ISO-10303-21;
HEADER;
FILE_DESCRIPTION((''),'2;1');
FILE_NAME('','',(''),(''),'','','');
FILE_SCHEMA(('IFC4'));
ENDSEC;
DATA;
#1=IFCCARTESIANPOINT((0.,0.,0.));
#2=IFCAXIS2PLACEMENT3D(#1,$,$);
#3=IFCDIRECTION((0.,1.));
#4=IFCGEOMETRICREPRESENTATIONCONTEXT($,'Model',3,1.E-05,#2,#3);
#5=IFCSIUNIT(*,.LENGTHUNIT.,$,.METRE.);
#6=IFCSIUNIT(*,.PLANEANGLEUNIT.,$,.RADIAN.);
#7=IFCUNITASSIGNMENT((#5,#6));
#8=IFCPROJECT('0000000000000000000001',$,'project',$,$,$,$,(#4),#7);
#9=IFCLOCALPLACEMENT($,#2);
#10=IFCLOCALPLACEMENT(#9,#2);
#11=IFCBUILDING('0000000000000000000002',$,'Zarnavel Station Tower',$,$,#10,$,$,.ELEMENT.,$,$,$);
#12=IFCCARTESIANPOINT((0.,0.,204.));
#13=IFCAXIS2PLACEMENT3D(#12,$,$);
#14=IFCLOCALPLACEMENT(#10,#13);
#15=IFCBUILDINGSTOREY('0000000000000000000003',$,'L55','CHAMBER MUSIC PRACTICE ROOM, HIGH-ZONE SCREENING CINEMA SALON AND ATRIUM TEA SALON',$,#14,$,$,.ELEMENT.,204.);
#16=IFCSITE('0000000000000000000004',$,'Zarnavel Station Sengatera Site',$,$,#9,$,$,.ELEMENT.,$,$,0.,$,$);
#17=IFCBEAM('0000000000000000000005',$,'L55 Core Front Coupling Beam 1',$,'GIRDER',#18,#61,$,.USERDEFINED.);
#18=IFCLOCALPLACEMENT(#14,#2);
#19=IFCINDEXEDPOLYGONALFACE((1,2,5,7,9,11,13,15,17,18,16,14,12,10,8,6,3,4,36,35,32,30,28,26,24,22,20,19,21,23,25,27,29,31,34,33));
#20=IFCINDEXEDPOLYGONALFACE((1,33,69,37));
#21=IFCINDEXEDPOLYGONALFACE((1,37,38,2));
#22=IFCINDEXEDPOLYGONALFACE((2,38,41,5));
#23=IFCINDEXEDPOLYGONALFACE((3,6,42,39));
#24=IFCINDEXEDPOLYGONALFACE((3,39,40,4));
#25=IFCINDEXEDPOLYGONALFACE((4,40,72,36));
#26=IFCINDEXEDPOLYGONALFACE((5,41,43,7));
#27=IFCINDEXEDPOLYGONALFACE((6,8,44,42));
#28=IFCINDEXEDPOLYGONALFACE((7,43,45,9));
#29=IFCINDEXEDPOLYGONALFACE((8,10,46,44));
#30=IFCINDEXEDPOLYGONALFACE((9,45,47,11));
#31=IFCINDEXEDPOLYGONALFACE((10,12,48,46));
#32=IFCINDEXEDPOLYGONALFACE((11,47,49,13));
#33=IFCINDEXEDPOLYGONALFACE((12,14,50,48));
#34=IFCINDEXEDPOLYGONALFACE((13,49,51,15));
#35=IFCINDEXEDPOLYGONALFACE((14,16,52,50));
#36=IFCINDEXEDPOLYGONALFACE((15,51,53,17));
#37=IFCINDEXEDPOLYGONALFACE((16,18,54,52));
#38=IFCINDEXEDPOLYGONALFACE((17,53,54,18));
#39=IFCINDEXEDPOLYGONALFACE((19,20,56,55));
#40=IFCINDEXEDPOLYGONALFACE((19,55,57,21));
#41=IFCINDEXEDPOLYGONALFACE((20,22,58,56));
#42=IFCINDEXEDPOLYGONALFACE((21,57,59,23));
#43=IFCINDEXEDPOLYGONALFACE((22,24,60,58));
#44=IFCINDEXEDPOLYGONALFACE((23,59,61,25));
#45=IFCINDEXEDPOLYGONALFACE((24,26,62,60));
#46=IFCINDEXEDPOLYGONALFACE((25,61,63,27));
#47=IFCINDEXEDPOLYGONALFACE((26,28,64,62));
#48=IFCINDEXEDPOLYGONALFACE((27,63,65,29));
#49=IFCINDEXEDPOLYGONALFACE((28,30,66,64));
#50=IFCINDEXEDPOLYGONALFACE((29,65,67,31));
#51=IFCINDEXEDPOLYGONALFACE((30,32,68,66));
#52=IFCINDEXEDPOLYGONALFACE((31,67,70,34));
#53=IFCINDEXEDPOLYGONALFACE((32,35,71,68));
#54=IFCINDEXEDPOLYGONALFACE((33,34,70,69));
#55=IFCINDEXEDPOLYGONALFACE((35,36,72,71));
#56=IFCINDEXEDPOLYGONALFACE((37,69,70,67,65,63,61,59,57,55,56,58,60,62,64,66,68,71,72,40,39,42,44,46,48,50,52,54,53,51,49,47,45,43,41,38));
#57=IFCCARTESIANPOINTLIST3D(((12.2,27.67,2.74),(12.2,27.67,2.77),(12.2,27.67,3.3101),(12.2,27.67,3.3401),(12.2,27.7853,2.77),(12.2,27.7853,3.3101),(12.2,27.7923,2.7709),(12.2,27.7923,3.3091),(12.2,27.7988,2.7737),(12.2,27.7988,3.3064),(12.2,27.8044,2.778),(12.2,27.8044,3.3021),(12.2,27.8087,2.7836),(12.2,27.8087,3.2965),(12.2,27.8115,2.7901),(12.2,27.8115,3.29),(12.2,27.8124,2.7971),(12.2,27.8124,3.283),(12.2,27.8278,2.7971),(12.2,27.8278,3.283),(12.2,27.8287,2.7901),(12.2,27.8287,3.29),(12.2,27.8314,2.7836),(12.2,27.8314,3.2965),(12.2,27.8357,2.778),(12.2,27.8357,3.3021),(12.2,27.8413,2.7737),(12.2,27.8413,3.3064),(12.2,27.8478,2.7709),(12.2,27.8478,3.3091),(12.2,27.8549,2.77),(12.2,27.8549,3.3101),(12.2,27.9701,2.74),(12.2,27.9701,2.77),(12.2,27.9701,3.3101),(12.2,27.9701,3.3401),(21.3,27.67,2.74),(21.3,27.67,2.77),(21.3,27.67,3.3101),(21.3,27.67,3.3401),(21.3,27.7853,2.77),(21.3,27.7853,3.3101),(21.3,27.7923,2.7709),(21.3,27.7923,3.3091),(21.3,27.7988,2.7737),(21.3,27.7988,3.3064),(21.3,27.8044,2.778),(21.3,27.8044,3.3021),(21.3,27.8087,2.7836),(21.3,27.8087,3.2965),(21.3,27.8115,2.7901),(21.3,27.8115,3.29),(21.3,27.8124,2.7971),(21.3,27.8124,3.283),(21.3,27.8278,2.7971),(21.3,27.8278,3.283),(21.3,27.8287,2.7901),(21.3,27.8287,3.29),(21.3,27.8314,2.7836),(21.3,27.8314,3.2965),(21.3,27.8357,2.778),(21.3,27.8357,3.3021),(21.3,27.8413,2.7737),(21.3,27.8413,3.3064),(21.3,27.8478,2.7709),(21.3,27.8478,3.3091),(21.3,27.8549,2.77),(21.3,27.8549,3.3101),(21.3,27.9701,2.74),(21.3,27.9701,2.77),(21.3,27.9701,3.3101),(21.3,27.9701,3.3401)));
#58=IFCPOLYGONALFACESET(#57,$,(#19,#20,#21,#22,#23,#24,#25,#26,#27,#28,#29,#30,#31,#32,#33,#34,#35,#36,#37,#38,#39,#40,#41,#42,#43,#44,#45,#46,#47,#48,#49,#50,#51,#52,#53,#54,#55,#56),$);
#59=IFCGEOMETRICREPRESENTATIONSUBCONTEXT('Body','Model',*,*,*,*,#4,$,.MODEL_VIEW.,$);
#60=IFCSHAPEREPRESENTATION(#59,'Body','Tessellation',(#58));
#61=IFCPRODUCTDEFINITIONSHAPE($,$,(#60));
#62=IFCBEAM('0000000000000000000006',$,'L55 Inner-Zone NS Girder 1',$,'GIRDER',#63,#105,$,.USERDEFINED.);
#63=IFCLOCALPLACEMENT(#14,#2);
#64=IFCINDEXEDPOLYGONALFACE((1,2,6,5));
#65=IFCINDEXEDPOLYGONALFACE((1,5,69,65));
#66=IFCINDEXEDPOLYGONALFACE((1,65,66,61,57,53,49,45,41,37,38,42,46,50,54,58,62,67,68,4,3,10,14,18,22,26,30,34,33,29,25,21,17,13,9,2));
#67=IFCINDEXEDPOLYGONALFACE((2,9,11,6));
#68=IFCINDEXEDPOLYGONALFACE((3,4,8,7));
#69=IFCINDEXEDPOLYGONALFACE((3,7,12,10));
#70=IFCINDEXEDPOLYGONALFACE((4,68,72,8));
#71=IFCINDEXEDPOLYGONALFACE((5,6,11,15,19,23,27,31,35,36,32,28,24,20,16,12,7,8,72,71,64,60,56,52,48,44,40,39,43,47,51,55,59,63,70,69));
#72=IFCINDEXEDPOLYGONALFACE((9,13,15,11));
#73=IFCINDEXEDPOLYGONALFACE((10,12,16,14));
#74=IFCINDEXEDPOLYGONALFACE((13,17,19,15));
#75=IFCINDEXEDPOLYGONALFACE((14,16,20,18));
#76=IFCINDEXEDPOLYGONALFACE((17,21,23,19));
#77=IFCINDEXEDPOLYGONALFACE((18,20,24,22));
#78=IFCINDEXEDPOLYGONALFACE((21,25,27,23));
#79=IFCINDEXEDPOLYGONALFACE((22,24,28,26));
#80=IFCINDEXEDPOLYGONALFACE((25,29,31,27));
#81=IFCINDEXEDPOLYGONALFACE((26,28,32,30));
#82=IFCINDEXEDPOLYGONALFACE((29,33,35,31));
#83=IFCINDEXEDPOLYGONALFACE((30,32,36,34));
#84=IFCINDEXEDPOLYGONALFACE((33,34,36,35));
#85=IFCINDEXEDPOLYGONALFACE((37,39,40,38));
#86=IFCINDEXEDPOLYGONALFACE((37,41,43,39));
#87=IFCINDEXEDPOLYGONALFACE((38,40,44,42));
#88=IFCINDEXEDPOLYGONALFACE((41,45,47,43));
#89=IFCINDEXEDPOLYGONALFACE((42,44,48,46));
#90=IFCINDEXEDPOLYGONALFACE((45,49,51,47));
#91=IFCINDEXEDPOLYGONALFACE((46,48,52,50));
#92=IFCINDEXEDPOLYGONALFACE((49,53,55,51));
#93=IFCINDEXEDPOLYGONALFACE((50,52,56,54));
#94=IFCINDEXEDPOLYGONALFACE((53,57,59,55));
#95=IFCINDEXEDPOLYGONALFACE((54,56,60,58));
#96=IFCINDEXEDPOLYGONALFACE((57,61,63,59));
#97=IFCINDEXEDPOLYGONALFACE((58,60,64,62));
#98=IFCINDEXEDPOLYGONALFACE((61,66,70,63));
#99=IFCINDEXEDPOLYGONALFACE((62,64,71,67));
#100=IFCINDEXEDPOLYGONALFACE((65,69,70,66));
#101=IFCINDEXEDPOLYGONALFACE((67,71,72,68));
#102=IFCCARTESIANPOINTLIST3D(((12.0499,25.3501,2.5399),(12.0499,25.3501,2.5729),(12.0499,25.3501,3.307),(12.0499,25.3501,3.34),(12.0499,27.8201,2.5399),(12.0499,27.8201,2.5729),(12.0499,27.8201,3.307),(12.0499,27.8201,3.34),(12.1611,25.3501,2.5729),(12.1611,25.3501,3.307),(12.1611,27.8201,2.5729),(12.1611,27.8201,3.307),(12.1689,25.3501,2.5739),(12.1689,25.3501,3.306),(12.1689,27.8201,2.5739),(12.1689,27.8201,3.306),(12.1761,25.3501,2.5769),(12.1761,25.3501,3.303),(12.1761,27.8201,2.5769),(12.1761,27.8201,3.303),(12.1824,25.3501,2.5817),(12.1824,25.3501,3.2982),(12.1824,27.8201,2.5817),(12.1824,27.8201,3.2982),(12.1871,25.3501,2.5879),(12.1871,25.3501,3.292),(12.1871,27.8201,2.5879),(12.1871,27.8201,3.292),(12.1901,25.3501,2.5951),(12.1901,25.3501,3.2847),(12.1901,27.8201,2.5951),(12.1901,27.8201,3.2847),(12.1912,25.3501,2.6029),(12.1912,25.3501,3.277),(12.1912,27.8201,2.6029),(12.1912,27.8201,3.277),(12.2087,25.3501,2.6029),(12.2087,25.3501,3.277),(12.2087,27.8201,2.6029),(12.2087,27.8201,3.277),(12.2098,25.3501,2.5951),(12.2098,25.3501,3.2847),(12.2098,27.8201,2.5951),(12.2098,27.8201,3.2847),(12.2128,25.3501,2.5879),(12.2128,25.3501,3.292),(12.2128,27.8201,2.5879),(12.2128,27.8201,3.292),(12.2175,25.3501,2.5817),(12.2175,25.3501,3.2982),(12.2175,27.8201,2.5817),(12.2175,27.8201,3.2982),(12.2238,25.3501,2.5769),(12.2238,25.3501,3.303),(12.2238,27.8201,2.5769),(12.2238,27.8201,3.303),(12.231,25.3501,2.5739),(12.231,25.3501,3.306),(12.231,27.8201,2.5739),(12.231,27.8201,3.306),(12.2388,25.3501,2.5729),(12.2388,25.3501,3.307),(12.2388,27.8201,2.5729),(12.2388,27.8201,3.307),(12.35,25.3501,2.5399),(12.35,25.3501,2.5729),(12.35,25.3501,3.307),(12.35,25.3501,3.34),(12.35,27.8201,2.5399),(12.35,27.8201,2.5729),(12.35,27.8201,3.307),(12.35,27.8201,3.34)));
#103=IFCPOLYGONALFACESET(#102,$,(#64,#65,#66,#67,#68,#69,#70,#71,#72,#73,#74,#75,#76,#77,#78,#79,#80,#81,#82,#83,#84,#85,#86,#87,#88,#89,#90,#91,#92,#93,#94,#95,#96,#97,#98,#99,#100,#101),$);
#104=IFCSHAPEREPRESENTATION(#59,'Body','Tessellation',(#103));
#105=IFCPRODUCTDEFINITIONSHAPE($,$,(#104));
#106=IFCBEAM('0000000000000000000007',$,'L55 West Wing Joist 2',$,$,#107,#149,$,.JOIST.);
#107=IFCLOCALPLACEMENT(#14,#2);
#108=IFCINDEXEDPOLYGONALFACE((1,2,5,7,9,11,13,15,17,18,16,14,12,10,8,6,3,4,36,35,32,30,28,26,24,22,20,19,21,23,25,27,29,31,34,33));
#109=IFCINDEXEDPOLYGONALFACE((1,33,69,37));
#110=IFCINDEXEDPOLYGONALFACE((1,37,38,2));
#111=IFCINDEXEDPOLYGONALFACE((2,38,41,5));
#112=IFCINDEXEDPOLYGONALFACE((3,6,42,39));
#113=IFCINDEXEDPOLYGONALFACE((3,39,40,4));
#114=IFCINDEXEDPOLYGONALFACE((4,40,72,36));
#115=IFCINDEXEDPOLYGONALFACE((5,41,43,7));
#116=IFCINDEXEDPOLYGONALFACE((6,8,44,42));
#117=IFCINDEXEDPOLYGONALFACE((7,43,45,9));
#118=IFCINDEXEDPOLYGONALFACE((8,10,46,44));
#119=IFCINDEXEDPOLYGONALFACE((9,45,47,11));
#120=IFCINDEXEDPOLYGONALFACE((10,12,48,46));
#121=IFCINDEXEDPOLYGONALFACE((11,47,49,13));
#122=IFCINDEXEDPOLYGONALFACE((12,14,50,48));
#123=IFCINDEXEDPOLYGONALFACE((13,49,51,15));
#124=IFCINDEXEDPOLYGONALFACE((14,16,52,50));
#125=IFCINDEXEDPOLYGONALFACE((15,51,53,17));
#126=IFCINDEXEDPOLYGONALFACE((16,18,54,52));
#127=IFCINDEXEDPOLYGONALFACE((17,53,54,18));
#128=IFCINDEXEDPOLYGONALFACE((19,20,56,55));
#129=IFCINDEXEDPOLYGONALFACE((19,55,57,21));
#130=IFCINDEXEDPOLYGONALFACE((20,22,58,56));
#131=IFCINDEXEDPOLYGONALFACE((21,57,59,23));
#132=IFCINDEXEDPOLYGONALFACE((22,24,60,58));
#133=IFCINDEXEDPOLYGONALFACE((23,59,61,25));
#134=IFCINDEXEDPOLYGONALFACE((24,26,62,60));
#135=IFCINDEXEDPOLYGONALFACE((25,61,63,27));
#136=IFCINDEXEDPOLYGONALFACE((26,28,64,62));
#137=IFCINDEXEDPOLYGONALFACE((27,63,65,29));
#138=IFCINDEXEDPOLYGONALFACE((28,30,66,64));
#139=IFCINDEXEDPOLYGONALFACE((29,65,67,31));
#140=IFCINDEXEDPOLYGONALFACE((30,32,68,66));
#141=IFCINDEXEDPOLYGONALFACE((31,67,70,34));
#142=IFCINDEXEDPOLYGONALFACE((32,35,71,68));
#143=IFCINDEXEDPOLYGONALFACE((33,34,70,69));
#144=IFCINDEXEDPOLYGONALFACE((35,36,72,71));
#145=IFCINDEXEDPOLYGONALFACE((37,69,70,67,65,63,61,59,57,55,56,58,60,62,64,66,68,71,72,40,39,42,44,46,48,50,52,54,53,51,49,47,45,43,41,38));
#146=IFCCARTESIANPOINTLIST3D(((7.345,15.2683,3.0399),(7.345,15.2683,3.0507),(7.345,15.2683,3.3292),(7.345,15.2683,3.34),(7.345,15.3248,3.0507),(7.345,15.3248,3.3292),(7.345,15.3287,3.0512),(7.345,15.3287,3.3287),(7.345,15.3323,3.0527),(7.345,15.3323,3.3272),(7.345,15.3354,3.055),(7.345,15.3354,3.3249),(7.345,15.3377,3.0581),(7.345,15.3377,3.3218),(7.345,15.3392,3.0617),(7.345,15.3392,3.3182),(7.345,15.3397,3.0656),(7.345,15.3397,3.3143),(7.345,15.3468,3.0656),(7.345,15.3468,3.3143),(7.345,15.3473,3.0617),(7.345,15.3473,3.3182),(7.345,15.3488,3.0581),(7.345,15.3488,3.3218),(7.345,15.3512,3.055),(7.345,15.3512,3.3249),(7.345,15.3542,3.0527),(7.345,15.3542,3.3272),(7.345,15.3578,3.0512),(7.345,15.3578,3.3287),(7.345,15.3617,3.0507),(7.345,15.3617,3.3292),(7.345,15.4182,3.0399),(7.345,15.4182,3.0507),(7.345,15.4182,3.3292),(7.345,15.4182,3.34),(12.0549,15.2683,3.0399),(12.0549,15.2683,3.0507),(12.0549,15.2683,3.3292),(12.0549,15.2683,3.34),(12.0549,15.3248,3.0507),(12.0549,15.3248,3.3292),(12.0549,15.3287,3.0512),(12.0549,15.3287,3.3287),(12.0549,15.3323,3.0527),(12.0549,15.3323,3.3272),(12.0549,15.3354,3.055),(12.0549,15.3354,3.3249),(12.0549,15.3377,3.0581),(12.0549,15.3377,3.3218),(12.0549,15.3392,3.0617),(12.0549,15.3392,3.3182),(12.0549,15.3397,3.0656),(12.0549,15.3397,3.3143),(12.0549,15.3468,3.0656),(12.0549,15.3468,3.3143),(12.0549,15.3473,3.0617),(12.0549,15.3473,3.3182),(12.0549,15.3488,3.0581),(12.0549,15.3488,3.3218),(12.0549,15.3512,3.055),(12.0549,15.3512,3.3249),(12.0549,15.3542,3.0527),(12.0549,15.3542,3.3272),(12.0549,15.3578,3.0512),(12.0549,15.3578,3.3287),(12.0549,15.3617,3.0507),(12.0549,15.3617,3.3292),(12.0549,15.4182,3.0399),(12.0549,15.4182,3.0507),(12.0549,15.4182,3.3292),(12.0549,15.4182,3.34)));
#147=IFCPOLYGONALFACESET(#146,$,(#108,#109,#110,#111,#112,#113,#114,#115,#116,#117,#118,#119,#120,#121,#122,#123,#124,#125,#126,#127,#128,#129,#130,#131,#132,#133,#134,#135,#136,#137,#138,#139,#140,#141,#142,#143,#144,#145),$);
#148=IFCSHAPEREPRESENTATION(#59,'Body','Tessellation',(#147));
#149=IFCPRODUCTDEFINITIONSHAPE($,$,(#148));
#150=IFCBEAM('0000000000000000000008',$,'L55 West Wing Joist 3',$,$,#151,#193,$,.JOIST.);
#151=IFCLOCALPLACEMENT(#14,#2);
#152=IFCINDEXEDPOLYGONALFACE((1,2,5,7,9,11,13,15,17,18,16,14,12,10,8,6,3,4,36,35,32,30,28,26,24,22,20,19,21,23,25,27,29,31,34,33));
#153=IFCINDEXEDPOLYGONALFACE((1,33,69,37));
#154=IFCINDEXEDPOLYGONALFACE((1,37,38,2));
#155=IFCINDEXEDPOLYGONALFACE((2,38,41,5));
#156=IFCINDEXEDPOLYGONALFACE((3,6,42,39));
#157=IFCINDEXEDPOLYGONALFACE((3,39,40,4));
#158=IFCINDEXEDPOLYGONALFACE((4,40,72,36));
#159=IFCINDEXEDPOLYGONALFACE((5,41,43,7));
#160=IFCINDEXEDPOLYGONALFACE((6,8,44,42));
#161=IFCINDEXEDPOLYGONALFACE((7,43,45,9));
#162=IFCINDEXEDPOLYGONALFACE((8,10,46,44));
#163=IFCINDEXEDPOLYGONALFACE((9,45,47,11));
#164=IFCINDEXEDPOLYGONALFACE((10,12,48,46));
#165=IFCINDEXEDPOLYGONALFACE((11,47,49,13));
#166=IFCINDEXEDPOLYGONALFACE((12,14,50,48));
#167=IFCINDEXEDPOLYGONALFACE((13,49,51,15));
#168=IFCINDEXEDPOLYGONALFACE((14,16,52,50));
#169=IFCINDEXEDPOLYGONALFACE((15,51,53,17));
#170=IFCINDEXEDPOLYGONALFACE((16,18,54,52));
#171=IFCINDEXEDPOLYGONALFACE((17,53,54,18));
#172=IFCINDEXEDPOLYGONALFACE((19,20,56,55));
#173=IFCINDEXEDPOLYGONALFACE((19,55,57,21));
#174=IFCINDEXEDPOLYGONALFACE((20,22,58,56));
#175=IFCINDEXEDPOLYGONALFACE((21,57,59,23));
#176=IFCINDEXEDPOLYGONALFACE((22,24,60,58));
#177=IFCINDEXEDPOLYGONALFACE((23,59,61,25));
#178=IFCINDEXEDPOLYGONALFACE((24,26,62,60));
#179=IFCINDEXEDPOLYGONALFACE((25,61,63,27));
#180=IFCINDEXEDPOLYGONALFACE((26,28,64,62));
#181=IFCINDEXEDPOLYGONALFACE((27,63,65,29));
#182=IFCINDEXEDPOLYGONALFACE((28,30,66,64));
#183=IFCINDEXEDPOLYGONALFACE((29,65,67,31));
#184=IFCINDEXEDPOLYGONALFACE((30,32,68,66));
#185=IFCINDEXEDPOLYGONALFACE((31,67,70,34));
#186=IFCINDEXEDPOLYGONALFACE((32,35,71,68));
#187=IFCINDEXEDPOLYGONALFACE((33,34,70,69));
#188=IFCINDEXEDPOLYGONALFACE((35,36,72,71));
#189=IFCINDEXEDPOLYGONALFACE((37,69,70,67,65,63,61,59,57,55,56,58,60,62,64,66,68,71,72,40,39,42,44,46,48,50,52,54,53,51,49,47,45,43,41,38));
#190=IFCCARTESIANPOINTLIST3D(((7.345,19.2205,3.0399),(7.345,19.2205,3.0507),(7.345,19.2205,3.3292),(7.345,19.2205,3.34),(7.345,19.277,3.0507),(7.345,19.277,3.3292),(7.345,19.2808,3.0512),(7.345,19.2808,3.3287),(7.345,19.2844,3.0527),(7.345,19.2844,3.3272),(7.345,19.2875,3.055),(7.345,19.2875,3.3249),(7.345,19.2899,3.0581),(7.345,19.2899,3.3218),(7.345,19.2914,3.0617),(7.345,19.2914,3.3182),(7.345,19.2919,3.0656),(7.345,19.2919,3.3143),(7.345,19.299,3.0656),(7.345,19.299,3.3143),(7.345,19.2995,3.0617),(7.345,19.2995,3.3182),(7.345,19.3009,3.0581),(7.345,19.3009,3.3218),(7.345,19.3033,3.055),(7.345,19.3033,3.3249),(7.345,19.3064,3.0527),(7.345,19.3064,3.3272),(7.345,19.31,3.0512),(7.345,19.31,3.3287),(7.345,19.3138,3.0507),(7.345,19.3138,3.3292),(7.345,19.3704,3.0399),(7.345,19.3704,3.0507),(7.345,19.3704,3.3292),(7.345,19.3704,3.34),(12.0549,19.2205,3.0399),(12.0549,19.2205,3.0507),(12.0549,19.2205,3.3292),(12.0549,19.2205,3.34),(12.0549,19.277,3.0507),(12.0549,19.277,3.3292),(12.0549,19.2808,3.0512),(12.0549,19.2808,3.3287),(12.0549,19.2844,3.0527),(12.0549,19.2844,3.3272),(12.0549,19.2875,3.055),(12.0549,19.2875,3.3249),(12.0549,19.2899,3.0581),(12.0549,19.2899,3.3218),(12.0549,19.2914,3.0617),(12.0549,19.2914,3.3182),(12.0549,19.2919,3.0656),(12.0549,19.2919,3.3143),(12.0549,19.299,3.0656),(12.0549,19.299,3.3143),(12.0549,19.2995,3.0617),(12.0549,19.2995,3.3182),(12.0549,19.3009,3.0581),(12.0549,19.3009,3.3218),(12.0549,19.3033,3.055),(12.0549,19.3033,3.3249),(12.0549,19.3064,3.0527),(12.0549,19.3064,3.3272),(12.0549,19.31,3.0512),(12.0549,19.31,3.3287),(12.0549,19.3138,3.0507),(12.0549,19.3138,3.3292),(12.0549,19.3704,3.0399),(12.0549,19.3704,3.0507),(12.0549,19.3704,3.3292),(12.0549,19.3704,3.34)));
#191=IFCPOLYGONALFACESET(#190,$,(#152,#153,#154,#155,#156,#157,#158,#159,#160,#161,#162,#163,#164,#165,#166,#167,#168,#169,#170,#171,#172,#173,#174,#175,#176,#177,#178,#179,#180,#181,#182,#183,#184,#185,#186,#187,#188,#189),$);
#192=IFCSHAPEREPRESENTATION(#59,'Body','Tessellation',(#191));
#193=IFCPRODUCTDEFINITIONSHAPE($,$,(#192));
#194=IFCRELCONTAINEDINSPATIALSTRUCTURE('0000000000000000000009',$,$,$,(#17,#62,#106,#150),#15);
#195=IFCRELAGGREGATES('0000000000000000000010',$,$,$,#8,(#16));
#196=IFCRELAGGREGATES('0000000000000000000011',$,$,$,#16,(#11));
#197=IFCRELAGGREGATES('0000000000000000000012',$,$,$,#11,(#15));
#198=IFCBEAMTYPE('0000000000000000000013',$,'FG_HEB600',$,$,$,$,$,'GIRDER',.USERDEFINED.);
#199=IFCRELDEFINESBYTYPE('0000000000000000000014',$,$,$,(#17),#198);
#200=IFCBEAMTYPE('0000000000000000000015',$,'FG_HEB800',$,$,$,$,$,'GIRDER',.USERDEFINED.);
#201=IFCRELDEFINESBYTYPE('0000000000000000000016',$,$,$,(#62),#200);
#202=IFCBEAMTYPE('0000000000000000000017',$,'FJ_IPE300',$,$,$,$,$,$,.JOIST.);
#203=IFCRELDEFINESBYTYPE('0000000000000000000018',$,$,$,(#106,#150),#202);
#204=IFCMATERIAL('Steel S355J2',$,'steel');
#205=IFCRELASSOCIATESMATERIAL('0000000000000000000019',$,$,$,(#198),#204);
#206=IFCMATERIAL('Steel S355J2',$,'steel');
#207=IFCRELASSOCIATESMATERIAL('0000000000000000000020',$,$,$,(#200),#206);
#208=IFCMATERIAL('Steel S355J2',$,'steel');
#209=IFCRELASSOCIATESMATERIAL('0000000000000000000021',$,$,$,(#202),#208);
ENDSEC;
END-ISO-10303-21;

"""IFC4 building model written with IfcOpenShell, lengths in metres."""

from ifc_helpers import new_model, si_unit, direction, frame, origin, origin_2d, place, context, subcontext, project, spatial, i_section, extrude, material, material_profile, profile_set, type_object, element, save


model = new_model("IFC4")

# Units and contexts
model_context = context("Model", 3, precision=1e-05, world=origin(), true_north=direction((0.0, 1.0)))
body_context = subcontext(model_context, "Body", "Model", "MODEL_VIEW")
ifc_project = project(units=[si_unit("LENGTHUNIT", "METRE"), si_unit("PLANEANGLEUNIT", "RADIAN")], contexts=[model_context])

# Site, building, storey
site_placement = place(None, origin())
site = spatial("IfcSite", under=ifc_project, at=site_placement, Name="Zarnavel Station Sengatera Site", CompositionType="ELEMENT", RefElevation=0.0)
building_placement = place(site_placement, origin())
building = spatial("IfcBuilding", under=site, at=building_placement, Name="Zarnavel Station Tower", CompositionType="ELEMENT")
storey_placement = place(building_placement, frame((0.0, 0.0, 204.0)))
storey = spatial("IfcBuildingStorey", under=building, at=storey_placement, Name="L55", Description="CHAMBER MUSIC PRACTICE ROOM, HIGH-ZONE SCREENING CINEMA SALON AND ATRIUM TEA SALON", CompositionType="ELEMENT", Elevation=204.0)

# Beams
ifc_material_1 = material(Name="Steel S355J2", Category="steel")
ifc_material_profile_1 = material_profile(ifc_material_1, i_section(OverallWidth=0.3, OverallDepth=0.6001, WebThickness=0.0154, FlangeThickness=0.03, FilletRadius=0.0271, at=origin_2d()), Name="HEB600")
ifc_profile_set_1 = profile_set([ifc_material_profile_1], Name="Steel S355J2")
beam_type_1 = type_object("IfcBeamType", Name="FG_HEB600", ElementType="GIRDER", PredefinedType="USERDEFINED", material=ifc_profile_set_1)
beam_1_placement = place(storey_placement, frame((12.2, 27.8201, 3.04), z_axis=(1.0, 0.0, 0.0), x_axis=(0.0, 1.0, 0.0)))
element("IfcBeam", 1, at=beam_1_placement, inside=storey, type_object=beam_type_1, Name="L55 Core Front Coupling Beam 1", ObjectType="GIRDER", PredefinedType="USERDEFINED", context=body_context, shape_type="SweptSolid", body=[
    extrude(i_section(OverallWidth=0.3, OverallDepth=0.6001, WebThickness=0.0154, FlangeThickness=0.03, FilletRadius=0.0271, at=origin_2d()), origin(), (0.0, 0.0, 1.0), 9.1001),
])
ifc_material_2 = material(Name="Steel S355J2", Category="steel")
ifc_material_profile_2 = material_profile(ifc_material_2, i_section(OverallWidth=0.3, OverallDepth=0.8, WebThickness=0.0176, FlangeThickness=0.033, FilletRadius=0.03, at=origin_2d()), Name="HEB800")
ifc_profile_set_2 = profile_set([ifc_material_profile_2], Name="Steel S355J2")
beam_type_2 = type_object("IfcBeamType", Name="FG_HEB800", ElementType="GIRDER", PredefinedType="USERDEFINED", material=ifc_profile_set_2)
beam_2_placement = place(storey_placement, frame((12.2, 25.3501, 2.9399), z_axis=(0.0, 1.0, 0.0), x_axis=(-1.0, 0.0, 0.0)))
element("IfcBeam", 2, at=beam_2_placement, inside=storey, type_object=beam_type_2, Name="L55 Inner-Zone NS Girder 1", ObjectType="GIRDER", PredefinedType="USERDEFINED", context=body_context, shape_type="SweptSolid", body=[
    extrude(i_section(OverallWidth=0.3, OverallDepth=0.8, WebThickness=0.0176, FlangeThickness=0.033, FilletRadius=0.03, at=origin_2d()), origin(), (0.0, 0.0, 1.0), 2.47),
])
ifc_material_3 = material(Name="Steel S355J2", Category="steel")
ifc_material_profile_3 = material_profile(ifc_material_3, i_section(OverallWidth=0.1499, OverallDepth=0.3, WebThickness=0.0071, FlangeThickness=0.0107, FilletRadius=0.0149, at=origin_2d()), Name="IPE300")
ifc_profile_set_3 = profile_set([ifc_material_profile_3], Name="Steel S355J2")
beam_type_3 = type_object("IfcBeamType", Name="FJ_IPE300", PredefinedType="JOIST", material=ifc_profile_set_3)
for number, where, z_axis, x_axis, name in (
    (3, (7.345, 15.3433, 3.1899), (1.0, 0.0, 0.0), (0.0, 1.0, 0.0), "L55 West Wing Joist 2"),
    (4, (7.345, 19.2954, 3.1899), (1.0, 0.0, 0.0), (0.0, 1.0, 0.0), "L55 West Wing Joist 3"),
):
    element("IfcBeam", number, at=place(storey_placement, frame(where, z_axis=z_axis, x_axis=x_axis)), inside=storey, type_object=beam_type_3, Name=name, PredefinedType="JOIST", context=body_context, shape_type="SweptSolid", body=[
        extrude(i_section(OverallWidth=0.1499, OverallDepth=0.3, WebThickness=0.0071, FlangeThickness=0.0107, FilletRadius=0.0149, at=origin_2d()), origin(), (0.0, 0.0, 1.0), 4.71),
    ])

save(model, "model.ifc")
